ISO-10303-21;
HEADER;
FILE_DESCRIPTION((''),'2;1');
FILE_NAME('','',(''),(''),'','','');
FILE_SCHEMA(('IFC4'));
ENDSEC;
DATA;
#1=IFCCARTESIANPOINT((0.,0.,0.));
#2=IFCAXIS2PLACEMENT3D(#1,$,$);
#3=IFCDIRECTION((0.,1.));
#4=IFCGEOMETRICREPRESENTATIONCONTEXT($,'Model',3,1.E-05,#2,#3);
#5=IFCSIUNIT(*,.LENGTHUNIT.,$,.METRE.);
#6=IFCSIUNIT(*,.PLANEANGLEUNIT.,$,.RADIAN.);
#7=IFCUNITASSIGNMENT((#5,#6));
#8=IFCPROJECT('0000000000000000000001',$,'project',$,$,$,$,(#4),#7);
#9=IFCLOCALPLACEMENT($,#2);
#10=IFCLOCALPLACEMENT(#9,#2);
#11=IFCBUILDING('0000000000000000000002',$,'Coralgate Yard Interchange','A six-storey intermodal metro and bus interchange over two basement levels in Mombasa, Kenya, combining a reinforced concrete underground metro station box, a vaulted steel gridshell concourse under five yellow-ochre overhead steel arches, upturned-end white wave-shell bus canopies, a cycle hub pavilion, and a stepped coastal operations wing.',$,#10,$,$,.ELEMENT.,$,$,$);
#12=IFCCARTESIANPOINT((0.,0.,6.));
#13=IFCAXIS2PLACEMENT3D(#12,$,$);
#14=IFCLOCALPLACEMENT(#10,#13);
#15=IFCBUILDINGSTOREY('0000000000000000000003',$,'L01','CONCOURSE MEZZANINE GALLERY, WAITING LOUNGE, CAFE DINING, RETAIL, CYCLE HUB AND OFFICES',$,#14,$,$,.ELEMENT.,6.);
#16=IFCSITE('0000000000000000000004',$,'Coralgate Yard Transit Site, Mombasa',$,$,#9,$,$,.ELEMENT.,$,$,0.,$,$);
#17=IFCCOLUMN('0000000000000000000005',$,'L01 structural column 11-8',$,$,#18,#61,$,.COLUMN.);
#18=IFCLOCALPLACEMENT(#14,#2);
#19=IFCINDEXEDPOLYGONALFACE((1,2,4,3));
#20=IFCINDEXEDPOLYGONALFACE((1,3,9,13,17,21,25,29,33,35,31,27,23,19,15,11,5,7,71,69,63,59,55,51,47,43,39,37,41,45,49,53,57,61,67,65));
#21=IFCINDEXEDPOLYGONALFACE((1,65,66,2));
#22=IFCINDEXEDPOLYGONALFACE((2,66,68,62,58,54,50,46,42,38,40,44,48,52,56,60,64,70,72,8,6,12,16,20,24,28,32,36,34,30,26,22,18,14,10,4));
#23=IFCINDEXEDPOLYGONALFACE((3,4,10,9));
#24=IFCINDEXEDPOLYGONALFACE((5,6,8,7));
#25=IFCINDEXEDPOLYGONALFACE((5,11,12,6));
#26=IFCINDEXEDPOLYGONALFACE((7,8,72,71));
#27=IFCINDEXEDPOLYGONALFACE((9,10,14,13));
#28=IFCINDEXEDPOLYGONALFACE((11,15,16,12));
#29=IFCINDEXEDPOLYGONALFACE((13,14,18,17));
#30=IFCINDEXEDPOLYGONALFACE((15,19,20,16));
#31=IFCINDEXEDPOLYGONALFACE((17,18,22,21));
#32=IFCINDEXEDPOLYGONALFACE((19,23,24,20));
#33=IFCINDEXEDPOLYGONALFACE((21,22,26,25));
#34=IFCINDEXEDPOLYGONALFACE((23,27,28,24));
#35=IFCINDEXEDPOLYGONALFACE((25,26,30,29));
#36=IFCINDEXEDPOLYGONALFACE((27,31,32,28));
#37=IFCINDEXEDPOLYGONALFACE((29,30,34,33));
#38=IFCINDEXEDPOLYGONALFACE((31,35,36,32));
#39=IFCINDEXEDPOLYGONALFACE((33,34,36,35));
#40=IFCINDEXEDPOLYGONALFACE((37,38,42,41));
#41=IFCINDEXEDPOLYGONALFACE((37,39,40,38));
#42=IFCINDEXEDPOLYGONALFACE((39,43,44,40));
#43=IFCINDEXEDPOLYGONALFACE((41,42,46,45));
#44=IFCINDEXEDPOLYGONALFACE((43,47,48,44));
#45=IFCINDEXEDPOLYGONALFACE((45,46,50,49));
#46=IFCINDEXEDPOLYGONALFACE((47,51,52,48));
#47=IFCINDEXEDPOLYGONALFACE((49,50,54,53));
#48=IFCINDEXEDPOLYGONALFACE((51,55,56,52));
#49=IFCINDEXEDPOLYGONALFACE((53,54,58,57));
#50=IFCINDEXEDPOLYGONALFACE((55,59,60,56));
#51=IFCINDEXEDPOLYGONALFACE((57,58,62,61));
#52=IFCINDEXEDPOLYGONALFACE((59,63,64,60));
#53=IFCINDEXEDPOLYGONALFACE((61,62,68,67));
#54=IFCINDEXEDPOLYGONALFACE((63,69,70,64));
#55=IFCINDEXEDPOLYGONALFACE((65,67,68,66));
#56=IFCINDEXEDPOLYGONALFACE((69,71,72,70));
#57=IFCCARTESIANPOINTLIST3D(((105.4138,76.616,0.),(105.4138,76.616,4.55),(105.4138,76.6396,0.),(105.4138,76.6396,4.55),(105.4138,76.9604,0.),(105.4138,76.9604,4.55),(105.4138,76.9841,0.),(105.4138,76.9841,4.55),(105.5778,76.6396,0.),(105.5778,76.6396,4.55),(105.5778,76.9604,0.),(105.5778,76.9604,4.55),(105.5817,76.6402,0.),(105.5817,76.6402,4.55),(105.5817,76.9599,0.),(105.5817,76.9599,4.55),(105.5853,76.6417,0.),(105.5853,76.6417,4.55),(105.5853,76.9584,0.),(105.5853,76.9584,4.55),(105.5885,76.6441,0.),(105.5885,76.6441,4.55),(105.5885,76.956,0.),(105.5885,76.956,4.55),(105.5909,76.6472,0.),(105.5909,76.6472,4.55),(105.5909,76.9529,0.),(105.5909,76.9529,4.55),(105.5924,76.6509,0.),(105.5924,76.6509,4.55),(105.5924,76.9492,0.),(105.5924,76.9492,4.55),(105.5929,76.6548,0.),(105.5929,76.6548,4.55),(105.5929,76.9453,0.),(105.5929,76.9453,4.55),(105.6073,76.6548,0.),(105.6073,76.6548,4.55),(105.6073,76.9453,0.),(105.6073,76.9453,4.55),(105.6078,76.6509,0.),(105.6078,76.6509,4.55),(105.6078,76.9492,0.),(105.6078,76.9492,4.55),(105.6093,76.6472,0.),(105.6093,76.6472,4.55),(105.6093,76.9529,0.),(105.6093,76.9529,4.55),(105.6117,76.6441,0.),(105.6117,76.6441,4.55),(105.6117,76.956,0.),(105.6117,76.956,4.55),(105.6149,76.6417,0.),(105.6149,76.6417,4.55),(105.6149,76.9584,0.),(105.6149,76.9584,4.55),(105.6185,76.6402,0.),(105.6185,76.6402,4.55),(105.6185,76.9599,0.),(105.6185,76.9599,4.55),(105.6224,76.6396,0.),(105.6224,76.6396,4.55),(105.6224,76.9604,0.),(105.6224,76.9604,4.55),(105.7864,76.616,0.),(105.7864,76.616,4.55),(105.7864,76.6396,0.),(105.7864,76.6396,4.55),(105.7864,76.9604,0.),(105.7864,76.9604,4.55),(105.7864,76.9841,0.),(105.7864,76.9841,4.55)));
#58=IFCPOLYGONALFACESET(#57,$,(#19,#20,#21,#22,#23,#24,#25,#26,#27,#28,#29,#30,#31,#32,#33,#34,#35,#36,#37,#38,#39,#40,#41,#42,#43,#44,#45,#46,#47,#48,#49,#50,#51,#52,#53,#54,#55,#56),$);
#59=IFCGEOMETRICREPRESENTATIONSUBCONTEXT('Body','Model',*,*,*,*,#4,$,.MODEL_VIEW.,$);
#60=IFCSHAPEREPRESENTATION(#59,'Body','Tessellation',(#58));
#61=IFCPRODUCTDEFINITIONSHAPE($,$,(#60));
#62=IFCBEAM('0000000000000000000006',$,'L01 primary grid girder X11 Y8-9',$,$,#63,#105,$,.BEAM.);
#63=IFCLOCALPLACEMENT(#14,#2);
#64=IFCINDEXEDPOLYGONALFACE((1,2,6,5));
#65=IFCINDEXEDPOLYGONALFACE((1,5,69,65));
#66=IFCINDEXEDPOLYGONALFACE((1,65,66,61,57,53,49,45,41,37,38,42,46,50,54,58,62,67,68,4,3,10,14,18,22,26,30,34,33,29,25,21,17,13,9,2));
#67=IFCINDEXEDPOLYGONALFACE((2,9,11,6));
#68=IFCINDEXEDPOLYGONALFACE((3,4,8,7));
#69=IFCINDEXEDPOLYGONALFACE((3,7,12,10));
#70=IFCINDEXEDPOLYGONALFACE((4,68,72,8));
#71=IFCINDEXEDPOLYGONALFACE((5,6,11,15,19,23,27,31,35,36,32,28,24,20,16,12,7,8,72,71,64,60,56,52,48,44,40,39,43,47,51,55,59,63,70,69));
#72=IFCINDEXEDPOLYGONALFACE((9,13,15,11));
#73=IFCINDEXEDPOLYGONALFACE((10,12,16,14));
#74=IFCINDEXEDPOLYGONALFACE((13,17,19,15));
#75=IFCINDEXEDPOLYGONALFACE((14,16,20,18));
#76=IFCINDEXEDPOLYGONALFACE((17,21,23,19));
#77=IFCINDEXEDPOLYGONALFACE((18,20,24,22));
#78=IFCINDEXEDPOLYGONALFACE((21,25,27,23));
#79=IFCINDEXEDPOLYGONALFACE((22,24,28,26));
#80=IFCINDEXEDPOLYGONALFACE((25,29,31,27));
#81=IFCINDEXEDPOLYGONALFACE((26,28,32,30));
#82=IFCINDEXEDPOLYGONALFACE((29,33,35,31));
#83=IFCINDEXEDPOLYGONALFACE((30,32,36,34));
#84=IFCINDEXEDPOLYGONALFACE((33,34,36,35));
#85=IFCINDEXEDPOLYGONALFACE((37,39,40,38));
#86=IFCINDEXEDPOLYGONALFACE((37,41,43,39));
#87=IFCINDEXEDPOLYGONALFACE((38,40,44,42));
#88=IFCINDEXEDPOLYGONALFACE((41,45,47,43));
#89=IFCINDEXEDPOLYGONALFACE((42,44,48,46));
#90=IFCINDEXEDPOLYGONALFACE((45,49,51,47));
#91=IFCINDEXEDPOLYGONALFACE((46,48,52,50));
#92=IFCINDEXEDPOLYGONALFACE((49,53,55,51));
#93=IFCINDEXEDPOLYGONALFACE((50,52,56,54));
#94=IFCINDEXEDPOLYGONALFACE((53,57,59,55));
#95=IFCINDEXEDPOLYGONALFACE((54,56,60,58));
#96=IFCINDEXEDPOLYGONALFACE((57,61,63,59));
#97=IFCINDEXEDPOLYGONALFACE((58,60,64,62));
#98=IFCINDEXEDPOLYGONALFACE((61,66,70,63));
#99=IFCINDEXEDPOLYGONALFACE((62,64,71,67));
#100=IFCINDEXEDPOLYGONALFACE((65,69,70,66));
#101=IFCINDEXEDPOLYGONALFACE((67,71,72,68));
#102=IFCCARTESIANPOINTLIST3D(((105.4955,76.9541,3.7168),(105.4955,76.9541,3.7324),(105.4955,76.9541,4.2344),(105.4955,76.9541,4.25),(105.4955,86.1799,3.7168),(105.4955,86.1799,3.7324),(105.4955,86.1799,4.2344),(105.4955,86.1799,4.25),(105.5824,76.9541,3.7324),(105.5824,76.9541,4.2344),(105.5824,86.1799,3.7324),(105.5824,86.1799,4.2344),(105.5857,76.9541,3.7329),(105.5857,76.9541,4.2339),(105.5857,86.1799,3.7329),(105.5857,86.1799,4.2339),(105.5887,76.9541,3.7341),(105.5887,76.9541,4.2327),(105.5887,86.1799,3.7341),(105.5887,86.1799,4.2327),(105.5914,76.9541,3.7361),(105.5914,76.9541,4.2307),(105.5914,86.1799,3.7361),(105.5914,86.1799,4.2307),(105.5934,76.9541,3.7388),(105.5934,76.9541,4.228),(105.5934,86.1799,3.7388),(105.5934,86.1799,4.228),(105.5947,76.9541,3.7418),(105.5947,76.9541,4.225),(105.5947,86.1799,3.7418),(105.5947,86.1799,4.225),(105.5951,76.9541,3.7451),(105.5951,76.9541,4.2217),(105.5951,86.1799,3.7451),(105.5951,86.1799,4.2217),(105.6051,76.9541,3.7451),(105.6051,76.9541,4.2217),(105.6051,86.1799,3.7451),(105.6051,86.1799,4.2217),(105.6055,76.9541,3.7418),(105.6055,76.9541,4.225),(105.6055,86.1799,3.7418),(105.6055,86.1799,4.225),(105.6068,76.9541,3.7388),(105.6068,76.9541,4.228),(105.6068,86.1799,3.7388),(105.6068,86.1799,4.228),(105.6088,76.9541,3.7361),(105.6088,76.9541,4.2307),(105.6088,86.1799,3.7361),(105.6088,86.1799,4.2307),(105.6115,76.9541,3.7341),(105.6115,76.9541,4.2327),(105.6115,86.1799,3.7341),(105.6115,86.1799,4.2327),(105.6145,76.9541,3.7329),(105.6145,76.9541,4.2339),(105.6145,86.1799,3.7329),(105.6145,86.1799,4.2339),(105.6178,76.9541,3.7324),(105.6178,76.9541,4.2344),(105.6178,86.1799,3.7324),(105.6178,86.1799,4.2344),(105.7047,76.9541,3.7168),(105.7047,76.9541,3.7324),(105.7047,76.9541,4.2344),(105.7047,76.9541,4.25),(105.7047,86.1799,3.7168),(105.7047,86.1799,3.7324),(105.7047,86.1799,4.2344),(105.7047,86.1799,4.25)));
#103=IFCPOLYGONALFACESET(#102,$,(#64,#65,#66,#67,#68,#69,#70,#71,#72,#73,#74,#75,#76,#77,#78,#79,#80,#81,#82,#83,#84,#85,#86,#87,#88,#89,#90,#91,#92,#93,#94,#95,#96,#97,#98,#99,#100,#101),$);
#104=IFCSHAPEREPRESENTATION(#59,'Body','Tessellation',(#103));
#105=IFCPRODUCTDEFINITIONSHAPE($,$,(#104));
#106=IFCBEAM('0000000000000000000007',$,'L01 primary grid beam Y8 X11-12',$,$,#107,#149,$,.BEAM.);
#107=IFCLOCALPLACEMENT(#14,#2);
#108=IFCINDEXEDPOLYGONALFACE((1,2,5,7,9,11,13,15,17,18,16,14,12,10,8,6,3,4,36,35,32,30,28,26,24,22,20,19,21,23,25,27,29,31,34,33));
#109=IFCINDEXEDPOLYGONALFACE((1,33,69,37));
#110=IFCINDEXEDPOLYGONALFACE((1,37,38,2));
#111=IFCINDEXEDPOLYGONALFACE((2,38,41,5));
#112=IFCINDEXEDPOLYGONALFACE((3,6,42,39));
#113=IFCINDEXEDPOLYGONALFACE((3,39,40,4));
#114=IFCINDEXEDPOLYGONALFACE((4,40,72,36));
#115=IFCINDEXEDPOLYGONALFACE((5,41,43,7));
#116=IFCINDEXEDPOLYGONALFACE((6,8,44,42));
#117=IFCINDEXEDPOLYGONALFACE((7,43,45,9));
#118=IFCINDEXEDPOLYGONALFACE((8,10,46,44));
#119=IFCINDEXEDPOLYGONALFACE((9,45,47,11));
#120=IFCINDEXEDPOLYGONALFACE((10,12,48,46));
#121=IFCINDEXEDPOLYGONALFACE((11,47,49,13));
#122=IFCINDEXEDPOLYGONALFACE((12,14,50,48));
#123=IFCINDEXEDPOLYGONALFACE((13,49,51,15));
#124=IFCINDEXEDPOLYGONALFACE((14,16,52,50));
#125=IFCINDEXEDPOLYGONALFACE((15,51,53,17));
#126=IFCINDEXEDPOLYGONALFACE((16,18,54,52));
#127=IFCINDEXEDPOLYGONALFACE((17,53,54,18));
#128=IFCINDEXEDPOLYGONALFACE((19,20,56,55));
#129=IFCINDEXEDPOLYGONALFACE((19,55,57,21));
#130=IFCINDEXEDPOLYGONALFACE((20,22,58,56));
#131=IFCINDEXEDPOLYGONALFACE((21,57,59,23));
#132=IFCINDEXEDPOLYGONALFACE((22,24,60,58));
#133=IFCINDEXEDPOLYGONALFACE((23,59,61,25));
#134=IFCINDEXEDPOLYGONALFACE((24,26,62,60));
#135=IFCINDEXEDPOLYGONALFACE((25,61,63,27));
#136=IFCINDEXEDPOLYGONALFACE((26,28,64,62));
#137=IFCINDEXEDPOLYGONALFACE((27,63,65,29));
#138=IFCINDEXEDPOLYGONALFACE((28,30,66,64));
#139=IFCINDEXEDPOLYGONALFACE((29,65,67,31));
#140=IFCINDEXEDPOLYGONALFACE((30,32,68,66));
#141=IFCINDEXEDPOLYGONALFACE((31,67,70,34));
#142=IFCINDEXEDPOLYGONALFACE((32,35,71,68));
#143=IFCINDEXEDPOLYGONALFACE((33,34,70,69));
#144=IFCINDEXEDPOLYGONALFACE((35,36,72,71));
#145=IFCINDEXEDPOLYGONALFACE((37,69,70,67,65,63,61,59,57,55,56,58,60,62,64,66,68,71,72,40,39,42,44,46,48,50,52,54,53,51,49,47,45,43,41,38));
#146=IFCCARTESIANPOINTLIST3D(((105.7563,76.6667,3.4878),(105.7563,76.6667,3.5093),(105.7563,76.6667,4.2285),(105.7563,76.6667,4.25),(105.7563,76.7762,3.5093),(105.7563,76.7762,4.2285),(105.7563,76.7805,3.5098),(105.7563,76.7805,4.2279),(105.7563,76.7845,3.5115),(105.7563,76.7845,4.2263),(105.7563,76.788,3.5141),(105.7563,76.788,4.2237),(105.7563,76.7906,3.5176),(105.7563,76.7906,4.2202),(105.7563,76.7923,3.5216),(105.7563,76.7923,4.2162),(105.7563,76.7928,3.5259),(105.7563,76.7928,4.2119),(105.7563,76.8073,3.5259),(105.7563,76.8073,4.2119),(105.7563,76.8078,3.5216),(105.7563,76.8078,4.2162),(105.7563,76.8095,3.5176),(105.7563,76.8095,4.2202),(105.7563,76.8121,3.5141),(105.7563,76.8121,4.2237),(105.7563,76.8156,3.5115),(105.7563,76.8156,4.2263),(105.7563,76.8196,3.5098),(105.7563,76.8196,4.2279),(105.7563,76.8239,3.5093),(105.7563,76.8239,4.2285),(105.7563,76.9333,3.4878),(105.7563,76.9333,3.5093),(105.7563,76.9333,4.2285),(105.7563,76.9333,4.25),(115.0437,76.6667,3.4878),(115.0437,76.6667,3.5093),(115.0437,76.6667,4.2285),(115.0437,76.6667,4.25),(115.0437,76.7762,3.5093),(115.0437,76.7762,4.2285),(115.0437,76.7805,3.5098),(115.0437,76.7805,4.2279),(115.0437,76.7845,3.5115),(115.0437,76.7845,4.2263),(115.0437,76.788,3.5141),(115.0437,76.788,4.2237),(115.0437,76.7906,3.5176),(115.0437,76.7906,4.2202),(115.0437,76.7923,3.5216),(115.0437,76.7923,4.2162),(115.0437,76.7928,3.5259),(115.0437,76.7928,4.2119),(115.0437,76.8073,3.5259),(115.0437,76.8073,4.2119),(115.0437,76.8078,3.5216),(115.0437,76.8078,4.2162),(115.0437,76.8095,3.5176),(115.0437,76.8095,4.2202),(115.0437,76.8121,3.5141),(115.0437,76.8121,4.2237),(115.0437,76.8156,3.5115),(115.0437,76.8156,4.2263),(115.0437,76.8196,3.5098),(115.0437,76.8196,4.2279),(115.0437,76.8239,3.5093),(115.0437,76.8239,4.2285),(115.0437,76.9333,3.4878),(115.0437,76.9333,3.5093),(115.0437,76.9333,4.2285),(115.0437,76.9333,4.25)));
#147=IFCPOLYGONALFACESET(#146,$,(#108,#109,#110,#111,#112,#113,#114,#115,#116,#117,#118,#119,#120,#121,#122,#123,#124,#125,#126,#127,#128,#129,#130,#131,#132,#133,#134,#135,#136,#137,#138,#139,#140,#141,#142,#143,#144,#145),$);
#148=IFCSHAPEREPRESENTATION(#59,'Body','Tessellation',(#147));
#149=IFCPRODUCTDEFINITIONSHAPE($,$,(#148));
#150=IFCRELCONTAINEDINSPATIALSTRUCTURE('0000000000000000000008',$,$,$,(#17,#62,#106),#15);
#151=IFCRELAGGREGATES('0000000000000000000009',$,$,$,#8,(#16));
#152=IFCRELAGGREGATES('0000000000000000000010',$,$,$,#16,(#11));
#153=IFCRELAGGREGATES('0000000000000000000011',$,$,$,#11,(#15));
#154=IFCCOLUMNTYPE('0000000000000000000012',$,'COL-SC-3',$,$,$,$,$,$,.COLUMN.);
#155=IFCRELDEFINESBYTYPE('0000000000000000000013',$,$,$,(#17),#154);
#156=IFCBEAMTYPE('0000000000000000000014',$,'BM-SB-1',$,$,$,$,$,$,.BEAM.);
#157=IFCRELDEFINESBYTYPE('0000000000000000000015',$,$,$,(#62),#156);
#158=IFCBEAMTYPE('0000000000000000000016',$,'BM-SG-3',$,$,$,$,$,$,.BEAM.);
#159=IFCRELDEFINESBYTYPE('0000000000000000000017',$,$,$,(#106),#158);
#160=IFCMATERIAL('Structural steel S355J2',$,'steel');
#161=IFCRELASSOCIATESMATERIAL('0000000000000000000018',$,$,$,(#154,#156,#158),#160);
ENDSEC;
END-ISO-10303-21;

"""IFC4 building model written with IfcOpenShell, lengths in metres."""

from ifc_helpers import new_model, si_unit, direction, frame, origin, origin_2d, place, context, subcontext, project, spatial, i_section, extrude, material, material_profile, profile_set, type_object, element, save


model = new_model("IFC4")

# Units and contexts
model_context = context("Model", 3, precision=1e-05, world=origin(), true_north=direction((0.0, 1.0)))
body_context = subcontext(model_context, "Body", "Model", "MODEL_VIEW")
ifc_project = project(units=[si_unit("LENGTHUNIT", "METRE"), si_unit("PLANEANGLEUNIT", "RADIAN")], contexts=[model_context])

# Site, building, storey
site_placement = place(None, origin())
site = spatial("IfcSite", under=ifc_project, at=site_placement, Name="Coralgate Yard Transit Site, Mombasa", CompositionType="ELEMENT", RefElevation=0.0)
building_placement = place(site_placement, origin())
building = spatial("IfcBuilding", under=site, at=building_placement, Name="Coralgate Yard Interchange", Description="A six-storey intermodal metro and bus interchange over two basement levels in Mombasa, Kenya, combining a reinforced concrete underground metro station box, a vaulted steel gridshell concourse under five yellow-ochre overhead steel arches, upturned-end white wave-shell bus canopies, a cycle hub pavilion, and a stepped coastal operations wing.", CompositionType="ELEMENT")
storey_placement = place(building_placement, frame((0.0, 0.0, 6.0)))
storey = spatial("IfcBuildingStorey", under=building, at=storey_placement, Name="L01", Description="CONCOURSE MEZZANINE GALLERY, WAITING LOUNGE, CAFE DINING, RETAIL, CYCLE HUB AND OFFICES", CompositionType="ELEMENT", Elevation=6.0)

# Column
ifc_material_1 = material(Name="Structural steel S355J2", Category="steel")
ifc_material_profile_1 = material_profile(ifc_material_1, i_section(OverallWidth=0.3726, OverallDepth=0.3682, WebThickness=0.0144, FlangeThickness=0.0237, FilletRadius=0.0151, at=origin_2d()), Name="UC 356x368x177")
ifc_profile_set_1 = profile_set([ifc_material_profile_1], Name="Structural steel S355J2")
column_type = type_object("IfcColumnType", Name="COL-SC-3", PredefinedType="COLUMN", material=ifc_profile_set_1)
column_placement = place(storey_placement, frame((105.6001, 76.8, 0.0), z_axis=(0.0, 0.0, 1.0), x_axis=(1.0, 0.0, 0.0)))
element("IfcColumn", 1, at=column_placement, inside=storey, type_object=column_type, Name="L01 structural column 11-8", PredefinedType="COLUMN", context=body_context, shape_type="SweptSolid", body=[
    extrude(i_section(OverallWidth=0.3726, OverallDepth=0.3682, WebThickness=0.0144, FlangeThickness=0.0237, FilletRadius=0.0151, at=origin_2d()), origin(), (0.0, 0.0, 1.0), 4.55),
])

# Beams
ifc_material_profile_2 = material_profile(ifc_material_1, i_section(OverallWidth=0.2092, OverallDepth=0.5332, WebThickness=0.01, FlangeThickness=0.0156, FilletRadius=0.0127, at=origin_2d()), Name="UB 533x210x92")
ifc_profile_set_2 = profile_set([ifc_material_profile_2], Name="Structural steel S355J2")
beam_type_1 = type_object("IfcBeamType", Name="BM-SB-1", PredefinedType="BEAM", material=ifc_profile_set_2)
beam_1_placement = place(storey_placement, frame((105.6001, 76.9541, 3.9834), z_axis=(0.0, 1.0, 0.0), x_axis=(-1.0, 0.0, 0.0)))
element("IfcBeam", 2, at=beam_1_placement, inside=storey, type_object=beam_type_1, Name="L01 primary grid girder X11 Y8-9", PredefinedType="BEAM", context=body_context, shape_type="SweptSolid", body=[
    extrude(i_section(OverallWidth=0.2092, OverallDepth=0.5332, WebThickness=0.01, FlangeThickness=0.0156, FilletRadius=0.0127, at=origin_2d()), origin(), (0.0, 0.0, 1.0), 9.2258),
])
ifc_material_profile_3 = material_profile(ifc_material_1, i_section(OverallWidth=0.2666, OverallDepth=0.7622, WebThickness=0.0144, FlangeThickness=0.0215, FilletRadius=0.0166, at=origin_2d()), Name="UB 762x267x173")
ifc_profile_set_3 = profile_set([ifc_material_profile_3], Name="Structural steel S355J2")
beam_type_2 = type_object("IfcBeamType", Name="BM-SG-3", PredefinedType="BEAM", material=ifc_profile_set_3)
beam_2_placement = place(storey_placement, frame((105.7563, 76.8, 3.8689), z_axis=(1.0, 0.0, 0.0), x_axis=(0.0, 1.0, 0.0)))
element("IfcBeam", 3, at=beam_2_placement, inside=storey, type_object=beam_type_2, Name="L01 primary grid beam Y8 X11-12", PredefinedType="BEAM", context=body_context, shape_type="SweptSolid", body=[
    extrude(i_section(OverallWidth=0.2666, OverallDepth=0.7622, WebThickness=0.0144, FlangeThickness=0.0215, FilletRadius=0.0166, at=origin_2d()), origin(), (0.0, 0.0, 1.0), 9.2874),
])

save(model, "model.ifc")
